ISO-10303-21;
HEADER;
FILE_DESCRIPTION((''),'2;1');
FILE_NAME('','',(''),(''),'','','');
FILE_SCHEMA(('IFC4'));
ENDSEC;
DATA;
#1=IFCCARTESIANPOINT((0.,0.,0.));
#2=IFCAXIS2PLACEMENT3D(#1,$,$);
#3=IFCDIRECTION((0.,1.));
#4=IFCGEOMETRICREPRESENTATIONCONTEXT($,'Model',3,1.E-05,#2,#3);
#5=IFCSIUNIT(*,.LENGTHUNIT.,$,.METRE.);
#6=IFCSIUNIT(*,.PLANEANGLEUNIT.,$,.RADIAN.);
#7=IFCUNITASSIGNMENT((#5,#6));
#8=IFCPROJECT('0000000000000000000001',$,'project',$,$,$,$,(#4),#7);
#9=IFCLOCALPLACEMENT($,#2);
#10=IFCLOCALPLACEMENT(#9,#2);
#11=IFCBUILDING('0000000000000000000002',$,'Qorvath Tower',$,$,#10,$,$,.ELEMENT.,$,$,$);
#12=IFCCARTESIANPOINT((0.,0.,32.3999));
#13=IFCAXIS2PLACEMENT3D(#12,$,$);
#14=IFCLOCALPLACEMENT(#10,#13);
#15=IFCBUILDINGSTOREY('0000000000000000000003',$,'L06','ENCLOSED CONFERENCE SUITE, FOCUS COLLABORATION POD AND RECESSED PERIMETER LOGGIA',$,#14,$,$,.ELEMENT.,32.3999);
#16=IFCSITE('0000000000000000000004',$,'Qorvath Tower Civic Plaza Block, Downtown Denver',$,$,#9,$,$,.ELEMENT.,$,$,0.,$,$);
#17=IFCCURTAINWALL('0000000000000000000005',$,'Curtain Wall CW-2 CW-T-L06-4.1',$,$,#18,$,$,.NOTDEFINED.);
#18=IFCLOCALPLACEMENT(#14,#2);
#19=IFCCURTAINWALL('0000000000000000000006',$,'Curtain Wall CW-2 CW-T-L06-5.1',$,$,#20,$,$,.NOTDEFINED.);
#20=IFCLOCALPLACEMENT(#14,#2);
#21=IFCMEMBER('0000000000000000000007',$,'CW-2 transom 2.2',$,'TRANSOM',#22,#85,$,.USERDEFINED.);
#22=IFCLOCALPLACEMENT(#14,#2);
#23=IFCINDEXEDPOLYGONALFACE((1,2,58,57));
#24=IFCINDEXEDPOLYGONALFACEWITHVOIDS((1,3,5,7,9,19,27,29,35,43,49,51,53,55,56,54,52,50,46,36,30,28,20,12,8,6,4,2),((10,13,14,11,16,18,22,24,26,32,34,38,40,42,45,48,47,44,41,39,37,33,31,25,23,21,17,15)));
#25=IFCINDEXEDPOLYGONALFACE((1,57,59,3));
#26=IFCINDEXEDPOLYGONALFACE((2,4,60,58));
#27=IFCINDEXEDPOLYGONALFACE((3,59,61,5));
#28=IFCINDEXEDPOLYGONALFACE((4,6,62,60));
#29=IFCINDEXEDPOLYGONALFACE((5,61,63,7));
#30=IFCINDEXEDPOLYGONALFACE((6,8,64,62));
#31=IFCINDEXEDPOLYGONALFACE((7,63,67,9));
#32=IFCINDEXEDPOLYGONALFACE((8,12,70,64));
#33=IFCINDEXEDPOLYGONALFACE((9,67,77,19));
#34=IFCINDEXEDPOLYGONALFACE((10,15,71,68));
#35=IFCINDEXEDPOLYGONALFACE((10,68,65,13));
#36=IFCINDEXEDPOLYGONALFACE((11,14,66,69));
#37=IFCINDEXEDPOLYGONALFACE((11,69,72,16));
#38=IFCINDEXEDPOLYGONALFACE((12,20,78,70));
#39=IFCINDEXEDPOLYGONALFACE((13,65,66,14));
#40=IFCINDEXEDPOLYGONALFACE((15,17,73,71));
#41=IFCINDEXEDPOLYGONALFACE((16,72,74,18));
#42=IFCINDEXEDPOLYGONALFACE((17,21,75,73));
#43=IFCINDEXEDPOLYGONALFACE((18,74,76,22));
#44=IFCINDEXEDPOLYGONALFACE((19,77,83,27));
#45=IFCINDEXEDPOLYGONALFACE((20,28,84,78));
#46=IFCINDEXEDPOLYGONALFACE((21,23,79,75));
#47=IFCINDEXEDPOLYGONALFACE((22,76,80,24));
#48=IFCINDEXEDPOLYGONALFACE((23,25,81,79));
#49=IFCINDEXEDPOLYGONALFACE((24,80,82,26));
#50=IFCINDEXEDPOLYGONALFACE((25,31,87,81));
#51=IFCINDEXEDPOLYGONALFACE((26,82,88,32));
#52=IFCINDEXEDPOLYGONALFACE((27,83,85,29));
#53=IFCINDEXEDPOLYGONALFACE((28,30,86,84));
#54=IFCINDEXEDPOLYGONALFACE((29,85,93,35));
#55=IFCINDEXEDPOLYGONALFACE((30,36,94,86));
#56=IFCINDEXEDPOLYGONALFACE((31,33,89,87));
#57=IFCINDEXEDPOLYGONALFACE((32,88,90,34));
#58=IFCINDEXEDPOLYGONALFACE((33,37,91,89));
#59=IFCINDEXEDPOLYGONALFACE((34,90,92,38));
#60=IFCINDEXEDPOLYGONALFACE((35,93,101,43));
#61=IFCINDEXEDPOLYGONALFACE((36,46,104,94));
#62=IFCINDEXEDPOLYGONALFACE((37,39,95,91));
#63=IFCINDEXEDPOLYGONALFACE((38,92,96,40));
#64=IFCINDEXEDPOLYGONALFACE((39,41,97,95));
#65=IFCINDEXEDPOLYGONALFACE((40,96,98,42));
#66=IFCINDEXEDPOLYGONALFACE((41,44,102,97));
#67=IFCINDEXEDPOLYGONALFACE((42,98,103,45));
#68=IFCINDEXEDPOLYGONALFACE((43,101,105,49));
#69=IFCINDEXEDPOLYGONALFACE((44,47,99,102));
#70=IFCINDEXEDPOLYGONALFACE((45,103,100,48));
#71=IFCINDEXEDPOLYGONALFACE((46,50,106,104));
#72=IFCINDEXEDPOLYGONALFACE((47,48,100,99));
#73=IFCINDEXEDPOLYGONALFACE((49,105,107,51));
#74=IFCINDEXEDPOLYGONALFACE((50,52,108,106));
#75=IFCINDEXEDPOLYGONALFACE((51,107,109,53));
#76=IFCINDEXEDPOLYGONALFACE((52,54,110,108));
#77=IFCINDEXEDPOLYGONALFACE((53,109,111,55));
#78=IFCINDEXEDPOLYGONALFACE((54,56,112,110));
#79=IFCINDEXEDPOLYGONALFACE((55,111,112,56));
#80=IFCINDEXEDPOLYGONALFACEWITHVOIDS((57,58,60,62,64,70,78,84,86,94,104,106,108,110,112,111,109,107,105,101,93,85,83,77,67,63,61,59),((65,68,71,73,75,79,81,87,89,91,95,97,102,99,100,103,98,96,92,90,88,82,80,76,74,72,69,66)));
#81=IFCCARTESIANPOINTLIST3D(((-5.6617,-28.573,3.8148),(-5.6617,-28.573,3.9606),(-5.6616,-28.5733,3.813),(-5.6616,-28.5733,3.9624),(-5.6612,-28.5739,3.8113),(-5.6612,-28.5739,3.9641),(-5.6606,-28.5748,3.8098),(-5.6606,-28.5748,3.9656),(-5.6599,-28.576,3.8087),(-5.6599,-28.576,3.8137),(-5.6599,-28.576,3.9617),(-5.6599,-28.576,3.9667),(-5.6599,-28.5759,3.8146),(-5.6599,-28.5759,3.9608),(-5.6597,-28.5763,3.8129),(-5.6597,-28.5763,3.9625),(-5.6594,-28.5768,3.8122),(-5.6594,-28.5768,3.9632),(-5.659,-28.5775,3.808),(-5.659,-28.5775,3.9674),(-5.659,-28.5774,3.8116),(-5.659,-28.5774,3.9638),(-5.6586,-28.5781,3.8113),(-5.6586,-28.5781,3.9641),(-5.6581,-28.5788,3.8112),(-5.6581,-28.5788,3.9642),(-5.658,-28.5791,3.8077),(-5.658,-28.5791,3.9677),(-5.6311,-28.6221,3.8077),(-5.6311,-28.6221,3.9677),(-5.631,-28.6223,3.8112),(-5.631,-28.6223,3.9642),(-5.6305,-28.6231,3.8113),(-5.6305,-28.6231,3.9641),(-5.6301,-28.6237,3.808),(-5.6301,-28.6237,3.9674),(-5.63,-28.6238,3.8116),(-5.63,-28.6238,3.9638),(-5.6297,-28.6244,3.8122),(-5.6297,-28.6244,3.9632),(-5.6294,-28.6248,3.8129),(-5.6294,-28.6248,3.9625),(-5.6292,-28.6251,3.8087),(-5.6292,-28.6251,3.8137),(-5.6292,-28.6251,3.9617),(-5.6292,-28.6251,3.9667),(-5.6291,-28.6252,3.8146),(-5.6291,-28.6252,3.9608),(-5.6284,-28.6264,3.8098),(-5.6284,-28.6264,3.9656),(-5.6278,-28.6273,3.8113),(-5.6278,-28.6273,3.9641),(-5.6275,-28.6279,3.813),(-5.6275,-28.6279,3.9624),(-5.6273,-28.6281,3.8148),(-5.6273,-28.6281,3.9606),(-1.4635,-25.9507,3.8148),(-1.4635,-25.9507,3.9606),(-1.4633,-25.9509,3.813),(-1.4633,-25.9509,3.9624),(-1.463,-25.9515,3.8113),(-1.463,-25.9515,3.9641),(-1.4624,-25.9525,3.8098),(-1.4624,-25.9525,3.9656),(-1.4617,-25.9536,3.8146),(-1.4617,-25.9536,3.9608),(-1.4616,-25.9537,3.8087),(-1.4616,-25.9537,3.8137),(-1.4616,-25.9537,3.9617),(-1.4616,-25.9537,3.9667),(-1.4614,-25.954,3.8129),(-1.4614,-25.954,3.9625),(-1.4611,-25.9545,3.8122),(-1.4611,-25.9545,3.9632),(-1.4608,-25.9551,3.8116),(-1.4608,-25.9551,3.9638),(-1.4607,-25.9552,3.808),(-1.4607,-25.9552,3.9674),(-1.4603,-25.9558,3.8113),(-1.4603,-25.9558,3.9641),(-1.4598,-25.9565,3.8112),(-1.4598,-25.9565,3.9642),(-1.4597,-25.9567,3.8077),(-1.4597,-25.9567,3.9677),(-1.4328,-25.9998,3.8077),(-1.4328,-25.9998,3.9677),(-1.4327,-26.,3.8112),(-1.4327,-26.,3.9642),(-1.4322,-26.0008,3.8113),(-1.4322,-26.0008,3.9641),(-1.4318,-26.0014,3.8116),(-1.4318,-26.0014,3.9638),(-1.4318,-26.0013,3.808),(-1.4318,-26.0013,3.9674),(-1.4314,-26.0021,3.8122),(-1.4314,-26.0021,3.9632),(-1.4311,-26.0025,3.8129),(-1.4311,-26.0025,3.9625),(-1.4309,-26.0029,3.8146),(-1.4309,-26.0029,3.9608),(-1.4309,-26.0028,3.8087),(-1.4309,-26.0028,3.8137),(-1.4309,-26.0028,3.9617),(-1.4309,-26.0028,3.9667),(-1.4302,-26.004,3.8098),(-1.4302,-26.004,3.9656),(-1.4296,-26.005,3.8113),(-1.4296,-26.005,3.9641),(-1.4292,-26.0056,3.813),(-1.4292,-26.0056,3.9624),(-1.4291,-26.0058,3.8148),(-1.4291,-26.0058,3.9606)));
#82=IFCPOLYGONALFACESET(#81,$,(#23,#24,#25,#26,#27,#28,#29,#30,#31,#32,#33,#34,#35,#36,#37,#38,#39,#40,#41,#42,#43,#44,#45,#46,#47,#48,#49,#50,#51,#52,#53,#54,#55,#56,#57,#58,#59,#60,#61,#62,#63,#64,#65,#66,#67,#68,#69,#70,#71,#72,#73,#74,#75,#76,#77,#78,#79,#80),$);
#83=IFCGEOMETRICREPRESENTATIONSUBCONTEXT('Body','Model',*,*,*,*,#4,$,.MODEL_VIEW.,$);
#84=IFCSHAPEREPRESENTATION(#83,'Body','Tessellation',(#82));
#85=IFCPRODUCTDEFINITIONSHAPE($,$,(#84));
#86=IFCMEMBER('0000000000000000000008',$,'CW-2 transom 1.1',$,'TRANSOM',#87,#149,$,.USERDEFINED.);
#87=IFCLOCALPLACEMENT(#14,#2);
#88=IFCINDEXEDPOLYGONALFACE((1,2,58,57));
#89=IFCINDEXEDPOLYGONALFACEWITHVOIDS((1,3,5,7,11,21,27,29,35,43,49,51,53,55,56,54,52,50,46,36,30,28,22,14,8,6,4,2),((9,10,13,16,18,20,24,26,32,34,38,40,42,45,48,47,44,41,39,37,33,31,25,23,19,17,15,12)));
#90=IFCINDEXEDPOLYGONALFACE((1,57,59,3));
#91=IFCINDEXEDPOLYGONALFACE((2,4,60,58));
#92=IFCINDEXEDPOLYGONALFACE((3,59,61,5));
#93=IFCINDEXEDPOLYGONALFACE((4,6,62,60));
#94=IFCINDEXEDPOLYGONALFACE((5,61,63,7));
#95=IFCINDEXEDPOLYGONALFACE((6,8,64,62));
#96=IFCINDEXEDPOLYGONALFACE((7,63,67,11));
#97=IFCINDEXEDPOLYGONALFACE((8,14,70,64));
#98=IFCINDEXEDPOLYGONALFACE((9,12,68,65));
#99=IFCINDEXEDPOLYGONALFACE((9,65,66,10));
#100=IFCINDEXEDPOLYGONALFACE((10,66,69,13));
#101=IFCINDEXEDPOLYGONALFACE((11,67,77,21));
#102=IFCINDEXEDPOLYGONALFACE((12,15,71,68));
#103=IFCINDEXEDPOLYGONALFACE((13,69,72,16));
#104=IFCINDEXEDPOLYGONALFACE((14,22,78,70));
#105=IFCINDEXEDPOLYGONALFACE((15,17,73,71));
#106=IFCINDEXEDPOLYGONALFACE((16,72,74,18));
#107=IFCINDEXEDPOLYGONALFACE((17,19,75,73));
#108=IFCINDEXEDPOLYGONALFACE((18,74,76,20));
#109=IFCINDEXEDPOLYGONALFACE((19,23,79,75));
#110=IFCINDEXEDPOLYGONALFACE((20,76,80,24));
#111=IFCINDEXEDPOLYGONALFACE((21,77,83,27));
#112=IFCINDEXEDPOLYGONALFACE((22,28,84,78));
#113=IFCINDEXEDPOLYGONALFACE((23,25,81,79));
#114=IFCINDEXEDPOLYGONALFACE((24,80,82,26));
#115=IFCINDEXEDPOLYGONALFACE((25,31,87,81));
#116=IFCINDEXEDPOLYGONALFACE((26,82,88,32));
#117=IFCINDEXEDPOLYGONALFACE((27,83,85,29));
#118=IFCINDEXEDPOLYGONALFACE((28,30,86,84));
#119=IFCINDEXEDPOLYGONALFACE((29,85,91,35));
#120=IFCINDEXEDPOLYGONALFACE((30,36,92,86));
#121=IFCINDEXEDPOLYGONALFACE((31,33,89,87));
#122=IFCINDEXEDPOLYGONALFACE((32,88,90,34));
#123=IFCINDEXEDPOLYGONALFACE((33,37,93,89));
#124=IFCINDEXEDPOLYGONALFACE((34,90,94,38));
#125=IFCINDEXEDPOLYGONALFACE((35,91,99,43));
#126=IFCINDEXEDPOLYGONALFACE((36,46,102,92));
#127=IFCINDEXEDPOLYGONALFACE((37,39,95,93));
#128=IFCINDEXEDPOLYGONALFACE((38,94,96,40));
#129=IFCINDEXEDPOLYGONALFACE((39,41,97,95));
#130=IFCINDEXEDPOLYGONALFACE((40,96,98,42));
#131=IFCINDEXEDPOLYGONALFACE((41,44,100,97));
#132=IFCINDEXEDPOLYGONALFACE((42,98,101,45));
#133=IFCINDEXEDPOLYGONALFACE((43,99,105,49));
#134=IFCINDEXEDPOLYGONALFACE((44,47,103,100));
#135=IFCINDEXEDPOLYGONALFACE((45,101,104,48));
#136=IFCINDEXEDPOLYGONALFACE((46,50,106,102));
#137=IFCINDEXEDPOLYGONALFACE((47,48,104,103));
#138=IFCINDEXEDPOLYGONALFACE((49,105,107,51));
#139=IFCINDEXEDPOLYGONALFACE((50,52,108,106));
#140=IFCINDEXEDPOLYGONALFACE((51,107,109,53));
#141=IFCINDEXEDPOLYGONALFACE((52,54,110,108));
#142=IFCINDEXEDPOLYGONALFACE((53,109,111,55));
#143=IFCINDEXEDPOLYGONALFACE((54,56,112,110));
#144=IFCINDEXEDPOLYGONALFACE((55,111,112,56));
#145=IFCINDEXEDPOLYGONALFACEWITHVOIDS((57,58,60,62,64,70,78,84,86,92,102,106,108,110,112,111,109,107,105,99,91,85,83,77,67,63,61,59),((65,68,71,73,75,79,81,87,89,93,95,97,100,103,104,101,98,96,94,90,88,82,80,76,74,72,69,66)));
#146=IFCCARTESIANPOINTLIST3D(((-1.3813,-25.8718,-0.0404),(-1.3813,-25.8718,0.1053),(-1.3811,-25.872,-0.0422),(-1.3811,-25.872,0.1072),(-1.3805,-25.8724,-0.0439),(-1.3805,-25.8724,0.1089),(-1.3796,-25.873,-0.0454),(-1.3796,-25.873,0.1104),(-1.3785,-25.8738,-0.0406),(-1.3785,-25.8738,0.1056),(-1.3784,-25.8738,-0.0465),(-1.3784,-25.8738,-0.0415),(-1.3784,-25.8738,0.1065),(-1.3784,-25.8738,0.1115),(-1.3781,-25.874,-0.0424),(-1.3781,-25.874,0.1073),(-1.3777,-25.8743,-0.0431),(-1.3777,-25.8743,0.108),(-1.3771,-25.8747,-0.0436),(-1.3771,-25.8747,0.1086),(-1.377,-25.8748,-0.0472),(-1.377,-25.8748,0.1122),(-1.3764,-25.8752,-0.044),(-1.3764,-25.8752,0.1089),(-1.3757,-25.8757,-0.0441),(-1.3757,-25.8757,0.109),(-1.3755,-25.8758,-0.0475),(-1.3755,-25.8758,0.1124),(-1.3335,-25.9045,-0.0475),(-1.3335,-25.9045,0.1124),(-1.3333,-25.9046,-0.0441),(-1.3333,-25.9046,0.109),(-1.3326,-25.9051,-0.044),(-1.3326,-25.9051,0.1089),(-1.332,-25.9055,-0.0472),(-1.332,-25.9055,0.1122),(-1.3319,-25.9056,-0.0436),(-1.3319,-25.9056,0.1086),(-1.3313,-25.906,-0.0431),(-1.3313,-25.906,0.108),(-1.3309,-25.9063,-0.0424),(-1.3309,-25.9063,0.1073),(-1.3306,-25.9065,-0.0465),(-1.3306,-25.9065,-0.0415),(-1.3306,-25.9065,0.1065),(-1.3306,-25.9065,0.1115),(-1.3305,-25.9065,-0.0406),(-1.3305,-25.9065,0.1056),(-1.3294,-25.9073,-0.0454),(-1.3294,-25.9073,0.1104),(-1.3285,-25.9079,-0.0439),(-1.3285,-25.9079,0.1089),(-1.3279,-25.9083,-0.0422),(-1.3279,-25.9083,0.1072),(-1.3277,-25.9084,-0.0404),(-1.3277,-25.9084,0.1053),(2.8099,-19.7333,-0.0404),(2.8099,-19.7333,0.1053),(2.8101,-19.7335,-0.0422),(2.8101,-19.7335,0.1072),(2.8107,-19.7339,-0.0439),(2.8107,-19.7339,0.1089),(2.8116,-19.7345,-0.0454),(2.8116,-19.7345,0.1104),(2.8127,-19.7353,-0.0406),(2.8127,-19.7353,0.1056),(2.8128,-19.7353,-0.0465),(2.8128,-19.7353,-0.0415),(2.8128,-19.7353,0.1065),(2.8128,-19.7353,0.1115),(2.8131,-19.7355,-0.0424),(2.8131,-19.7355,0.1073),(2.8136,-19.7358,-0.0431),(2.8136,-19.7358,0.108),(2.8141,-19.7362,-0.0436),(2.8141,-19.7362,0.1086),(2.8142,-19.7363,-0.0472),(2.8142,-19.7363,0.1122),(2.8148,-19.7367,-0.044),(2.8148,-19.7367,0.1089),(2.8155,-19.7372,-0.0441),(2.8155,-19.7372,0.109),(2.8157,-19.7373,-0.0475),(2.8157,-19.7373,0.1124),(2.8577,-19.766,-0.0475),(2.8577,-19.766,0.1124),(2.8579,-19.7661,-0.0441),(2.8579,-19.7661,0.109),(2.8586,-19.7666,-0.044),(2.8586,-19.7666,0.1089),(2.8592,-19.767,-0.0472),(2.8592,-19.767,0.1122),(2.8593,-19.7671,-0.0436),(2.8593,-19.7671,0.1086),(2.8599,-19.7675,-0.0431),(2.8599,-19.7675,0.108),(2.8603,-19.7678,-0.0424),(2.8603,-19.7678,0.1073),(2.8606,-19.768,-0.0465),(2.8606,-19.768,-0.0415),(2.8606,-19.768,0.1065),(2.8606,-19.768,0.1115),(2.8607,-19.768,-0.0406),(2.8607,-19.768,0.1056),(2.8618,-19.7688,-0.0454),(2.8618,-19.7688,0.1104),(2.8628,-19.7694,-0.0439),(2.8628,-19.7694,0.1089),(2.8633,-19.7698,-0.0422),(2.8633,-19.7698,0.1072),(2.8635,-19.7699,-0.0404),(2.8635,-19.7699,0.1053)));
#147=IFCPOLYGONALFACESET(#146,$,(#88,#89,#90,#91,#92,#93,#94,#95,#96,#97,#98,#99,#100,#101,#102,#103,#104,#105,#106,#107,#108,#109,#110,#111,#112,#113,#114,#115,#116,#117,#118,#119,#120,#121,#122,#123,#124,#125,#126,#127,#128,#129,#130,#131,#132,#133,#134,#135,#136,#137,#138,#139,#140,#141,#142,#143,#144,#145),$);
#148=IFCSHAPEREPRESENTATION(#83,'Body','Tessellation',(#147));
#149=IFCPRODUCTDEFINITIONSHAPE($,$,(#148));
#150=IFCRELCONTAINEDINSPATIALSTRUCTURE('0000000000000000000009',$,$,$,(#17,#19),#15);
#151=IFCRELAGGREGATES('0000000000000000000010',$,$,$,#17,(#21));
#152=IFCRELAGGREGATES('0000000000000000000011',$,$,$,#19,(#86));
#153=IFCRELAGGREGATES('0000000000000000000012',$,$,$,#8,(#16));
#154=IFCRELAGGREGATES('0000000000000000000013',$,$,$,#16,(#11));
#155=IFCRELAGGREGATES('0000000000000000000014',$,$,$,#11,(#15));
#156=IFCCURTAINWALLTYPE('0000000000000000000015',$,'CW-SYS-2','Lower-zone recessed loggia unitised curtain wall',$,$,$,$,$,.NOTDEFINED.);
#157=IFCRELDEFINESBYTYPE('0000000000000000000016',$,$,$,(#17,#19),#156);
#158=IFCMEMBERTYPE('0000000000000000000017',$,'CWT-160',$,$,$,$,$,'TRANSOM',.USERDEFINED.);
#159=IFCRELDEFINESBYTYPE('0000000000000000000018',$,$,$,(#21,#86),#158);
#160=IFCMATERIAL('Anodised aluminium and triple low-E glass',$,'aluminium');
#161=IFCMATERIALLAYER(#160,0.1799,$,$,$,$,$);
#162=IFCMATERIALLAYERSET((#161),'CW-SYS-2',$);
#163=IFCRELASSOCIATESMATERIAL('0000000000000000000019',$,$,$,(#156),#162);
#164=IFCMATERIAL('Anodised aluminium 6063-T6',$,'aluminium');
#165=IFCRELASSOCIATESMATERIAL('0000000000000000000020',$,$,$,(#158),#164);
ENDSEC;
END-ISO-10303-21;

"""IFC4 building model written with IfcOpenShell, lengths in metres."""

from ifc_helpers import new_model, si_unit, direction, frame, origin, origin_2d, place, context, subcontext, project, spatial, hollow_rectangle, extrude, material, layer, layer_set, material_profile, profile_set, type_object, element, aggregate, save


model = new_model("IFC4")

# Units and contexts
model_context = context("Model", 3, precision=1e-05, world=origin(), true_north=direction((0.0, 1.0)))
body_context = subcontext(model_context, "Body", "Model", "MODEL_VIEW")
ifc_project = project(units=[si_unit("LENGTHUNIT", "METRE"), si_unit("PLANEANGLEUNIT", "RADIAN")], contexts=[model_context])

# Site, building, storey
site_placement = place(None, origin())
site = spatial("IfcSite", under=ifc_project, at=site_placement, Name="Qorvath Tower Civic Plaza Block, Downtown Denver", CompositionType="ELEMENT", RefElevation=0.0)
building_placement = place(site_placement, origin())
building = spatial("IfcBuilding", under=site, at=building_placement, Name="Qorvath Tower", CompositionType="ELEMENT")
storey_placement = place(building_placement, frame((0.0, 0.0, 32.3999)))
storey = spatial("IfcBuildingStorey", under=building, at=storey_placement, Name="L06", Description="ENCLOSED CONFERENCE SUITE, FOCUS COLLABORATION POD AND RECESSED PERIMETER LOGGIA", CompositionType="ELEMENT", Elevation=32.3999)

# Curtain walls
ifc_material_1 = material(Name="Anodised aluminium and triple low-E glass", Category="aluminium")
ifc_layer_1 = layer(ifc_material_1, 0.1799)
ifc_layer_set_1 = layer_set([ifc_layer_1], Name="CW-SYS-2")
curtain_wall_type = type_object("IfcCurtainWallType", Name="CW-SYS-2", Description="Lower-zone recessed loggia unitised curtain wall", PredefinedType="NOTDEFINED", material=ifc_layer_set_1)
curtain_wall_1_placement = place(storey_placement, origin())
curtain_wall_1 = element("IfcCurtainWall", 1, at=curtain_wall_1_placement, inside=storey, type_object=curtain_wall_type, Name="Curtain Wall CW-2 CW-T-L06-4.1", PredefinedType="NOTDEFINED")
curtain_wall_2_placement = place(storey_placement, origin())
curtain_wall_2 = element("IfcCurtainWall", 2, at=curtain_wall_2_placement, inside=storey, type_object=curtain_wall_type, Name="Curtain Wall CW-2 CW-T-L06-5.1", PredefinedType="NOTDEFINED")

# Members
ifc_material_2 = material(Name="Anodised aluminium 6063-T6", Category="aluminium")
ifc_material_profile_1 = material_profile(ifc_material_2, hollow_rectangle(XDim=0.0649, YDim=0.1599, WallThickness=0.0034, InnerFilletRadius=0.0034, OuterFilletRadius=0.0071, at=origin_2d()), Name="CWT 160x65")
ifc_profile_set_1 = profile_set([ifc_material_profile_1], Name="Anodised aluminium 6063-T6")
member_type_1 = type_object("IfcMemberType", Name="CWT-160", ElementType="TRANSOM", PredefinedType="USERDEFINED", material=ifc_profile_set_1)
member_1_placement = place(storey_placement, frame((-5.6445, -28.6006, 3.8877), z_axis=(0.848142, 0.529768, 0.0), x_axis=(-0.529768, 0.848142, 0.0)))
member_1 = element("IfcMember", 3, at=member_1_placement, type_object=member_type_1, Name="CW-2 transom 2.2", ObjectType="TRANSOM", PredefinedType="USERDEFINED", context=body_context, shape_type="SweptSolid", body=[
    extrude(hollow_rectangle(XDim=0.0649, YDim=0.1599, WallThickness=0.0034, InnerFilletRadius=0.0034, OuterFilletRadius=0.0071, at=origin_2d()), origin(), (0.0, 0.0, 1.0), 4.95),
])
member_2_placement = place(storey_placement, frame((-1.3545, -25.8901, 0.0325), z_axis=(0.563876, 0.82586, 0.0), x_axis=(-0.82586, 0.563876, 0.0)))
member_2 = element("IfcMember", 4, at=member_2_placement, type_object=member_type_1, Name="CW-2 transom 1.1", ObjectType="TRANSOM", PredefinedType="USERDEFINED", context=body_context, shape_type="SweptSolid", body=[
    extrude(hollow_rectangle(XDim=0.0649, YDim=0.1599, WallThickness=0.0034, InnerFilletRadius=0.0034, OuterFilletRadius=0.0071, at=origin_2d()), origin(), (0.0, 0.0, 1.0), 7.4329),
])

aggregate(curtain_wall_1, [member_1])
aggregate(curtain_wall_2, [member_2])

save(model, "model.ifc")
